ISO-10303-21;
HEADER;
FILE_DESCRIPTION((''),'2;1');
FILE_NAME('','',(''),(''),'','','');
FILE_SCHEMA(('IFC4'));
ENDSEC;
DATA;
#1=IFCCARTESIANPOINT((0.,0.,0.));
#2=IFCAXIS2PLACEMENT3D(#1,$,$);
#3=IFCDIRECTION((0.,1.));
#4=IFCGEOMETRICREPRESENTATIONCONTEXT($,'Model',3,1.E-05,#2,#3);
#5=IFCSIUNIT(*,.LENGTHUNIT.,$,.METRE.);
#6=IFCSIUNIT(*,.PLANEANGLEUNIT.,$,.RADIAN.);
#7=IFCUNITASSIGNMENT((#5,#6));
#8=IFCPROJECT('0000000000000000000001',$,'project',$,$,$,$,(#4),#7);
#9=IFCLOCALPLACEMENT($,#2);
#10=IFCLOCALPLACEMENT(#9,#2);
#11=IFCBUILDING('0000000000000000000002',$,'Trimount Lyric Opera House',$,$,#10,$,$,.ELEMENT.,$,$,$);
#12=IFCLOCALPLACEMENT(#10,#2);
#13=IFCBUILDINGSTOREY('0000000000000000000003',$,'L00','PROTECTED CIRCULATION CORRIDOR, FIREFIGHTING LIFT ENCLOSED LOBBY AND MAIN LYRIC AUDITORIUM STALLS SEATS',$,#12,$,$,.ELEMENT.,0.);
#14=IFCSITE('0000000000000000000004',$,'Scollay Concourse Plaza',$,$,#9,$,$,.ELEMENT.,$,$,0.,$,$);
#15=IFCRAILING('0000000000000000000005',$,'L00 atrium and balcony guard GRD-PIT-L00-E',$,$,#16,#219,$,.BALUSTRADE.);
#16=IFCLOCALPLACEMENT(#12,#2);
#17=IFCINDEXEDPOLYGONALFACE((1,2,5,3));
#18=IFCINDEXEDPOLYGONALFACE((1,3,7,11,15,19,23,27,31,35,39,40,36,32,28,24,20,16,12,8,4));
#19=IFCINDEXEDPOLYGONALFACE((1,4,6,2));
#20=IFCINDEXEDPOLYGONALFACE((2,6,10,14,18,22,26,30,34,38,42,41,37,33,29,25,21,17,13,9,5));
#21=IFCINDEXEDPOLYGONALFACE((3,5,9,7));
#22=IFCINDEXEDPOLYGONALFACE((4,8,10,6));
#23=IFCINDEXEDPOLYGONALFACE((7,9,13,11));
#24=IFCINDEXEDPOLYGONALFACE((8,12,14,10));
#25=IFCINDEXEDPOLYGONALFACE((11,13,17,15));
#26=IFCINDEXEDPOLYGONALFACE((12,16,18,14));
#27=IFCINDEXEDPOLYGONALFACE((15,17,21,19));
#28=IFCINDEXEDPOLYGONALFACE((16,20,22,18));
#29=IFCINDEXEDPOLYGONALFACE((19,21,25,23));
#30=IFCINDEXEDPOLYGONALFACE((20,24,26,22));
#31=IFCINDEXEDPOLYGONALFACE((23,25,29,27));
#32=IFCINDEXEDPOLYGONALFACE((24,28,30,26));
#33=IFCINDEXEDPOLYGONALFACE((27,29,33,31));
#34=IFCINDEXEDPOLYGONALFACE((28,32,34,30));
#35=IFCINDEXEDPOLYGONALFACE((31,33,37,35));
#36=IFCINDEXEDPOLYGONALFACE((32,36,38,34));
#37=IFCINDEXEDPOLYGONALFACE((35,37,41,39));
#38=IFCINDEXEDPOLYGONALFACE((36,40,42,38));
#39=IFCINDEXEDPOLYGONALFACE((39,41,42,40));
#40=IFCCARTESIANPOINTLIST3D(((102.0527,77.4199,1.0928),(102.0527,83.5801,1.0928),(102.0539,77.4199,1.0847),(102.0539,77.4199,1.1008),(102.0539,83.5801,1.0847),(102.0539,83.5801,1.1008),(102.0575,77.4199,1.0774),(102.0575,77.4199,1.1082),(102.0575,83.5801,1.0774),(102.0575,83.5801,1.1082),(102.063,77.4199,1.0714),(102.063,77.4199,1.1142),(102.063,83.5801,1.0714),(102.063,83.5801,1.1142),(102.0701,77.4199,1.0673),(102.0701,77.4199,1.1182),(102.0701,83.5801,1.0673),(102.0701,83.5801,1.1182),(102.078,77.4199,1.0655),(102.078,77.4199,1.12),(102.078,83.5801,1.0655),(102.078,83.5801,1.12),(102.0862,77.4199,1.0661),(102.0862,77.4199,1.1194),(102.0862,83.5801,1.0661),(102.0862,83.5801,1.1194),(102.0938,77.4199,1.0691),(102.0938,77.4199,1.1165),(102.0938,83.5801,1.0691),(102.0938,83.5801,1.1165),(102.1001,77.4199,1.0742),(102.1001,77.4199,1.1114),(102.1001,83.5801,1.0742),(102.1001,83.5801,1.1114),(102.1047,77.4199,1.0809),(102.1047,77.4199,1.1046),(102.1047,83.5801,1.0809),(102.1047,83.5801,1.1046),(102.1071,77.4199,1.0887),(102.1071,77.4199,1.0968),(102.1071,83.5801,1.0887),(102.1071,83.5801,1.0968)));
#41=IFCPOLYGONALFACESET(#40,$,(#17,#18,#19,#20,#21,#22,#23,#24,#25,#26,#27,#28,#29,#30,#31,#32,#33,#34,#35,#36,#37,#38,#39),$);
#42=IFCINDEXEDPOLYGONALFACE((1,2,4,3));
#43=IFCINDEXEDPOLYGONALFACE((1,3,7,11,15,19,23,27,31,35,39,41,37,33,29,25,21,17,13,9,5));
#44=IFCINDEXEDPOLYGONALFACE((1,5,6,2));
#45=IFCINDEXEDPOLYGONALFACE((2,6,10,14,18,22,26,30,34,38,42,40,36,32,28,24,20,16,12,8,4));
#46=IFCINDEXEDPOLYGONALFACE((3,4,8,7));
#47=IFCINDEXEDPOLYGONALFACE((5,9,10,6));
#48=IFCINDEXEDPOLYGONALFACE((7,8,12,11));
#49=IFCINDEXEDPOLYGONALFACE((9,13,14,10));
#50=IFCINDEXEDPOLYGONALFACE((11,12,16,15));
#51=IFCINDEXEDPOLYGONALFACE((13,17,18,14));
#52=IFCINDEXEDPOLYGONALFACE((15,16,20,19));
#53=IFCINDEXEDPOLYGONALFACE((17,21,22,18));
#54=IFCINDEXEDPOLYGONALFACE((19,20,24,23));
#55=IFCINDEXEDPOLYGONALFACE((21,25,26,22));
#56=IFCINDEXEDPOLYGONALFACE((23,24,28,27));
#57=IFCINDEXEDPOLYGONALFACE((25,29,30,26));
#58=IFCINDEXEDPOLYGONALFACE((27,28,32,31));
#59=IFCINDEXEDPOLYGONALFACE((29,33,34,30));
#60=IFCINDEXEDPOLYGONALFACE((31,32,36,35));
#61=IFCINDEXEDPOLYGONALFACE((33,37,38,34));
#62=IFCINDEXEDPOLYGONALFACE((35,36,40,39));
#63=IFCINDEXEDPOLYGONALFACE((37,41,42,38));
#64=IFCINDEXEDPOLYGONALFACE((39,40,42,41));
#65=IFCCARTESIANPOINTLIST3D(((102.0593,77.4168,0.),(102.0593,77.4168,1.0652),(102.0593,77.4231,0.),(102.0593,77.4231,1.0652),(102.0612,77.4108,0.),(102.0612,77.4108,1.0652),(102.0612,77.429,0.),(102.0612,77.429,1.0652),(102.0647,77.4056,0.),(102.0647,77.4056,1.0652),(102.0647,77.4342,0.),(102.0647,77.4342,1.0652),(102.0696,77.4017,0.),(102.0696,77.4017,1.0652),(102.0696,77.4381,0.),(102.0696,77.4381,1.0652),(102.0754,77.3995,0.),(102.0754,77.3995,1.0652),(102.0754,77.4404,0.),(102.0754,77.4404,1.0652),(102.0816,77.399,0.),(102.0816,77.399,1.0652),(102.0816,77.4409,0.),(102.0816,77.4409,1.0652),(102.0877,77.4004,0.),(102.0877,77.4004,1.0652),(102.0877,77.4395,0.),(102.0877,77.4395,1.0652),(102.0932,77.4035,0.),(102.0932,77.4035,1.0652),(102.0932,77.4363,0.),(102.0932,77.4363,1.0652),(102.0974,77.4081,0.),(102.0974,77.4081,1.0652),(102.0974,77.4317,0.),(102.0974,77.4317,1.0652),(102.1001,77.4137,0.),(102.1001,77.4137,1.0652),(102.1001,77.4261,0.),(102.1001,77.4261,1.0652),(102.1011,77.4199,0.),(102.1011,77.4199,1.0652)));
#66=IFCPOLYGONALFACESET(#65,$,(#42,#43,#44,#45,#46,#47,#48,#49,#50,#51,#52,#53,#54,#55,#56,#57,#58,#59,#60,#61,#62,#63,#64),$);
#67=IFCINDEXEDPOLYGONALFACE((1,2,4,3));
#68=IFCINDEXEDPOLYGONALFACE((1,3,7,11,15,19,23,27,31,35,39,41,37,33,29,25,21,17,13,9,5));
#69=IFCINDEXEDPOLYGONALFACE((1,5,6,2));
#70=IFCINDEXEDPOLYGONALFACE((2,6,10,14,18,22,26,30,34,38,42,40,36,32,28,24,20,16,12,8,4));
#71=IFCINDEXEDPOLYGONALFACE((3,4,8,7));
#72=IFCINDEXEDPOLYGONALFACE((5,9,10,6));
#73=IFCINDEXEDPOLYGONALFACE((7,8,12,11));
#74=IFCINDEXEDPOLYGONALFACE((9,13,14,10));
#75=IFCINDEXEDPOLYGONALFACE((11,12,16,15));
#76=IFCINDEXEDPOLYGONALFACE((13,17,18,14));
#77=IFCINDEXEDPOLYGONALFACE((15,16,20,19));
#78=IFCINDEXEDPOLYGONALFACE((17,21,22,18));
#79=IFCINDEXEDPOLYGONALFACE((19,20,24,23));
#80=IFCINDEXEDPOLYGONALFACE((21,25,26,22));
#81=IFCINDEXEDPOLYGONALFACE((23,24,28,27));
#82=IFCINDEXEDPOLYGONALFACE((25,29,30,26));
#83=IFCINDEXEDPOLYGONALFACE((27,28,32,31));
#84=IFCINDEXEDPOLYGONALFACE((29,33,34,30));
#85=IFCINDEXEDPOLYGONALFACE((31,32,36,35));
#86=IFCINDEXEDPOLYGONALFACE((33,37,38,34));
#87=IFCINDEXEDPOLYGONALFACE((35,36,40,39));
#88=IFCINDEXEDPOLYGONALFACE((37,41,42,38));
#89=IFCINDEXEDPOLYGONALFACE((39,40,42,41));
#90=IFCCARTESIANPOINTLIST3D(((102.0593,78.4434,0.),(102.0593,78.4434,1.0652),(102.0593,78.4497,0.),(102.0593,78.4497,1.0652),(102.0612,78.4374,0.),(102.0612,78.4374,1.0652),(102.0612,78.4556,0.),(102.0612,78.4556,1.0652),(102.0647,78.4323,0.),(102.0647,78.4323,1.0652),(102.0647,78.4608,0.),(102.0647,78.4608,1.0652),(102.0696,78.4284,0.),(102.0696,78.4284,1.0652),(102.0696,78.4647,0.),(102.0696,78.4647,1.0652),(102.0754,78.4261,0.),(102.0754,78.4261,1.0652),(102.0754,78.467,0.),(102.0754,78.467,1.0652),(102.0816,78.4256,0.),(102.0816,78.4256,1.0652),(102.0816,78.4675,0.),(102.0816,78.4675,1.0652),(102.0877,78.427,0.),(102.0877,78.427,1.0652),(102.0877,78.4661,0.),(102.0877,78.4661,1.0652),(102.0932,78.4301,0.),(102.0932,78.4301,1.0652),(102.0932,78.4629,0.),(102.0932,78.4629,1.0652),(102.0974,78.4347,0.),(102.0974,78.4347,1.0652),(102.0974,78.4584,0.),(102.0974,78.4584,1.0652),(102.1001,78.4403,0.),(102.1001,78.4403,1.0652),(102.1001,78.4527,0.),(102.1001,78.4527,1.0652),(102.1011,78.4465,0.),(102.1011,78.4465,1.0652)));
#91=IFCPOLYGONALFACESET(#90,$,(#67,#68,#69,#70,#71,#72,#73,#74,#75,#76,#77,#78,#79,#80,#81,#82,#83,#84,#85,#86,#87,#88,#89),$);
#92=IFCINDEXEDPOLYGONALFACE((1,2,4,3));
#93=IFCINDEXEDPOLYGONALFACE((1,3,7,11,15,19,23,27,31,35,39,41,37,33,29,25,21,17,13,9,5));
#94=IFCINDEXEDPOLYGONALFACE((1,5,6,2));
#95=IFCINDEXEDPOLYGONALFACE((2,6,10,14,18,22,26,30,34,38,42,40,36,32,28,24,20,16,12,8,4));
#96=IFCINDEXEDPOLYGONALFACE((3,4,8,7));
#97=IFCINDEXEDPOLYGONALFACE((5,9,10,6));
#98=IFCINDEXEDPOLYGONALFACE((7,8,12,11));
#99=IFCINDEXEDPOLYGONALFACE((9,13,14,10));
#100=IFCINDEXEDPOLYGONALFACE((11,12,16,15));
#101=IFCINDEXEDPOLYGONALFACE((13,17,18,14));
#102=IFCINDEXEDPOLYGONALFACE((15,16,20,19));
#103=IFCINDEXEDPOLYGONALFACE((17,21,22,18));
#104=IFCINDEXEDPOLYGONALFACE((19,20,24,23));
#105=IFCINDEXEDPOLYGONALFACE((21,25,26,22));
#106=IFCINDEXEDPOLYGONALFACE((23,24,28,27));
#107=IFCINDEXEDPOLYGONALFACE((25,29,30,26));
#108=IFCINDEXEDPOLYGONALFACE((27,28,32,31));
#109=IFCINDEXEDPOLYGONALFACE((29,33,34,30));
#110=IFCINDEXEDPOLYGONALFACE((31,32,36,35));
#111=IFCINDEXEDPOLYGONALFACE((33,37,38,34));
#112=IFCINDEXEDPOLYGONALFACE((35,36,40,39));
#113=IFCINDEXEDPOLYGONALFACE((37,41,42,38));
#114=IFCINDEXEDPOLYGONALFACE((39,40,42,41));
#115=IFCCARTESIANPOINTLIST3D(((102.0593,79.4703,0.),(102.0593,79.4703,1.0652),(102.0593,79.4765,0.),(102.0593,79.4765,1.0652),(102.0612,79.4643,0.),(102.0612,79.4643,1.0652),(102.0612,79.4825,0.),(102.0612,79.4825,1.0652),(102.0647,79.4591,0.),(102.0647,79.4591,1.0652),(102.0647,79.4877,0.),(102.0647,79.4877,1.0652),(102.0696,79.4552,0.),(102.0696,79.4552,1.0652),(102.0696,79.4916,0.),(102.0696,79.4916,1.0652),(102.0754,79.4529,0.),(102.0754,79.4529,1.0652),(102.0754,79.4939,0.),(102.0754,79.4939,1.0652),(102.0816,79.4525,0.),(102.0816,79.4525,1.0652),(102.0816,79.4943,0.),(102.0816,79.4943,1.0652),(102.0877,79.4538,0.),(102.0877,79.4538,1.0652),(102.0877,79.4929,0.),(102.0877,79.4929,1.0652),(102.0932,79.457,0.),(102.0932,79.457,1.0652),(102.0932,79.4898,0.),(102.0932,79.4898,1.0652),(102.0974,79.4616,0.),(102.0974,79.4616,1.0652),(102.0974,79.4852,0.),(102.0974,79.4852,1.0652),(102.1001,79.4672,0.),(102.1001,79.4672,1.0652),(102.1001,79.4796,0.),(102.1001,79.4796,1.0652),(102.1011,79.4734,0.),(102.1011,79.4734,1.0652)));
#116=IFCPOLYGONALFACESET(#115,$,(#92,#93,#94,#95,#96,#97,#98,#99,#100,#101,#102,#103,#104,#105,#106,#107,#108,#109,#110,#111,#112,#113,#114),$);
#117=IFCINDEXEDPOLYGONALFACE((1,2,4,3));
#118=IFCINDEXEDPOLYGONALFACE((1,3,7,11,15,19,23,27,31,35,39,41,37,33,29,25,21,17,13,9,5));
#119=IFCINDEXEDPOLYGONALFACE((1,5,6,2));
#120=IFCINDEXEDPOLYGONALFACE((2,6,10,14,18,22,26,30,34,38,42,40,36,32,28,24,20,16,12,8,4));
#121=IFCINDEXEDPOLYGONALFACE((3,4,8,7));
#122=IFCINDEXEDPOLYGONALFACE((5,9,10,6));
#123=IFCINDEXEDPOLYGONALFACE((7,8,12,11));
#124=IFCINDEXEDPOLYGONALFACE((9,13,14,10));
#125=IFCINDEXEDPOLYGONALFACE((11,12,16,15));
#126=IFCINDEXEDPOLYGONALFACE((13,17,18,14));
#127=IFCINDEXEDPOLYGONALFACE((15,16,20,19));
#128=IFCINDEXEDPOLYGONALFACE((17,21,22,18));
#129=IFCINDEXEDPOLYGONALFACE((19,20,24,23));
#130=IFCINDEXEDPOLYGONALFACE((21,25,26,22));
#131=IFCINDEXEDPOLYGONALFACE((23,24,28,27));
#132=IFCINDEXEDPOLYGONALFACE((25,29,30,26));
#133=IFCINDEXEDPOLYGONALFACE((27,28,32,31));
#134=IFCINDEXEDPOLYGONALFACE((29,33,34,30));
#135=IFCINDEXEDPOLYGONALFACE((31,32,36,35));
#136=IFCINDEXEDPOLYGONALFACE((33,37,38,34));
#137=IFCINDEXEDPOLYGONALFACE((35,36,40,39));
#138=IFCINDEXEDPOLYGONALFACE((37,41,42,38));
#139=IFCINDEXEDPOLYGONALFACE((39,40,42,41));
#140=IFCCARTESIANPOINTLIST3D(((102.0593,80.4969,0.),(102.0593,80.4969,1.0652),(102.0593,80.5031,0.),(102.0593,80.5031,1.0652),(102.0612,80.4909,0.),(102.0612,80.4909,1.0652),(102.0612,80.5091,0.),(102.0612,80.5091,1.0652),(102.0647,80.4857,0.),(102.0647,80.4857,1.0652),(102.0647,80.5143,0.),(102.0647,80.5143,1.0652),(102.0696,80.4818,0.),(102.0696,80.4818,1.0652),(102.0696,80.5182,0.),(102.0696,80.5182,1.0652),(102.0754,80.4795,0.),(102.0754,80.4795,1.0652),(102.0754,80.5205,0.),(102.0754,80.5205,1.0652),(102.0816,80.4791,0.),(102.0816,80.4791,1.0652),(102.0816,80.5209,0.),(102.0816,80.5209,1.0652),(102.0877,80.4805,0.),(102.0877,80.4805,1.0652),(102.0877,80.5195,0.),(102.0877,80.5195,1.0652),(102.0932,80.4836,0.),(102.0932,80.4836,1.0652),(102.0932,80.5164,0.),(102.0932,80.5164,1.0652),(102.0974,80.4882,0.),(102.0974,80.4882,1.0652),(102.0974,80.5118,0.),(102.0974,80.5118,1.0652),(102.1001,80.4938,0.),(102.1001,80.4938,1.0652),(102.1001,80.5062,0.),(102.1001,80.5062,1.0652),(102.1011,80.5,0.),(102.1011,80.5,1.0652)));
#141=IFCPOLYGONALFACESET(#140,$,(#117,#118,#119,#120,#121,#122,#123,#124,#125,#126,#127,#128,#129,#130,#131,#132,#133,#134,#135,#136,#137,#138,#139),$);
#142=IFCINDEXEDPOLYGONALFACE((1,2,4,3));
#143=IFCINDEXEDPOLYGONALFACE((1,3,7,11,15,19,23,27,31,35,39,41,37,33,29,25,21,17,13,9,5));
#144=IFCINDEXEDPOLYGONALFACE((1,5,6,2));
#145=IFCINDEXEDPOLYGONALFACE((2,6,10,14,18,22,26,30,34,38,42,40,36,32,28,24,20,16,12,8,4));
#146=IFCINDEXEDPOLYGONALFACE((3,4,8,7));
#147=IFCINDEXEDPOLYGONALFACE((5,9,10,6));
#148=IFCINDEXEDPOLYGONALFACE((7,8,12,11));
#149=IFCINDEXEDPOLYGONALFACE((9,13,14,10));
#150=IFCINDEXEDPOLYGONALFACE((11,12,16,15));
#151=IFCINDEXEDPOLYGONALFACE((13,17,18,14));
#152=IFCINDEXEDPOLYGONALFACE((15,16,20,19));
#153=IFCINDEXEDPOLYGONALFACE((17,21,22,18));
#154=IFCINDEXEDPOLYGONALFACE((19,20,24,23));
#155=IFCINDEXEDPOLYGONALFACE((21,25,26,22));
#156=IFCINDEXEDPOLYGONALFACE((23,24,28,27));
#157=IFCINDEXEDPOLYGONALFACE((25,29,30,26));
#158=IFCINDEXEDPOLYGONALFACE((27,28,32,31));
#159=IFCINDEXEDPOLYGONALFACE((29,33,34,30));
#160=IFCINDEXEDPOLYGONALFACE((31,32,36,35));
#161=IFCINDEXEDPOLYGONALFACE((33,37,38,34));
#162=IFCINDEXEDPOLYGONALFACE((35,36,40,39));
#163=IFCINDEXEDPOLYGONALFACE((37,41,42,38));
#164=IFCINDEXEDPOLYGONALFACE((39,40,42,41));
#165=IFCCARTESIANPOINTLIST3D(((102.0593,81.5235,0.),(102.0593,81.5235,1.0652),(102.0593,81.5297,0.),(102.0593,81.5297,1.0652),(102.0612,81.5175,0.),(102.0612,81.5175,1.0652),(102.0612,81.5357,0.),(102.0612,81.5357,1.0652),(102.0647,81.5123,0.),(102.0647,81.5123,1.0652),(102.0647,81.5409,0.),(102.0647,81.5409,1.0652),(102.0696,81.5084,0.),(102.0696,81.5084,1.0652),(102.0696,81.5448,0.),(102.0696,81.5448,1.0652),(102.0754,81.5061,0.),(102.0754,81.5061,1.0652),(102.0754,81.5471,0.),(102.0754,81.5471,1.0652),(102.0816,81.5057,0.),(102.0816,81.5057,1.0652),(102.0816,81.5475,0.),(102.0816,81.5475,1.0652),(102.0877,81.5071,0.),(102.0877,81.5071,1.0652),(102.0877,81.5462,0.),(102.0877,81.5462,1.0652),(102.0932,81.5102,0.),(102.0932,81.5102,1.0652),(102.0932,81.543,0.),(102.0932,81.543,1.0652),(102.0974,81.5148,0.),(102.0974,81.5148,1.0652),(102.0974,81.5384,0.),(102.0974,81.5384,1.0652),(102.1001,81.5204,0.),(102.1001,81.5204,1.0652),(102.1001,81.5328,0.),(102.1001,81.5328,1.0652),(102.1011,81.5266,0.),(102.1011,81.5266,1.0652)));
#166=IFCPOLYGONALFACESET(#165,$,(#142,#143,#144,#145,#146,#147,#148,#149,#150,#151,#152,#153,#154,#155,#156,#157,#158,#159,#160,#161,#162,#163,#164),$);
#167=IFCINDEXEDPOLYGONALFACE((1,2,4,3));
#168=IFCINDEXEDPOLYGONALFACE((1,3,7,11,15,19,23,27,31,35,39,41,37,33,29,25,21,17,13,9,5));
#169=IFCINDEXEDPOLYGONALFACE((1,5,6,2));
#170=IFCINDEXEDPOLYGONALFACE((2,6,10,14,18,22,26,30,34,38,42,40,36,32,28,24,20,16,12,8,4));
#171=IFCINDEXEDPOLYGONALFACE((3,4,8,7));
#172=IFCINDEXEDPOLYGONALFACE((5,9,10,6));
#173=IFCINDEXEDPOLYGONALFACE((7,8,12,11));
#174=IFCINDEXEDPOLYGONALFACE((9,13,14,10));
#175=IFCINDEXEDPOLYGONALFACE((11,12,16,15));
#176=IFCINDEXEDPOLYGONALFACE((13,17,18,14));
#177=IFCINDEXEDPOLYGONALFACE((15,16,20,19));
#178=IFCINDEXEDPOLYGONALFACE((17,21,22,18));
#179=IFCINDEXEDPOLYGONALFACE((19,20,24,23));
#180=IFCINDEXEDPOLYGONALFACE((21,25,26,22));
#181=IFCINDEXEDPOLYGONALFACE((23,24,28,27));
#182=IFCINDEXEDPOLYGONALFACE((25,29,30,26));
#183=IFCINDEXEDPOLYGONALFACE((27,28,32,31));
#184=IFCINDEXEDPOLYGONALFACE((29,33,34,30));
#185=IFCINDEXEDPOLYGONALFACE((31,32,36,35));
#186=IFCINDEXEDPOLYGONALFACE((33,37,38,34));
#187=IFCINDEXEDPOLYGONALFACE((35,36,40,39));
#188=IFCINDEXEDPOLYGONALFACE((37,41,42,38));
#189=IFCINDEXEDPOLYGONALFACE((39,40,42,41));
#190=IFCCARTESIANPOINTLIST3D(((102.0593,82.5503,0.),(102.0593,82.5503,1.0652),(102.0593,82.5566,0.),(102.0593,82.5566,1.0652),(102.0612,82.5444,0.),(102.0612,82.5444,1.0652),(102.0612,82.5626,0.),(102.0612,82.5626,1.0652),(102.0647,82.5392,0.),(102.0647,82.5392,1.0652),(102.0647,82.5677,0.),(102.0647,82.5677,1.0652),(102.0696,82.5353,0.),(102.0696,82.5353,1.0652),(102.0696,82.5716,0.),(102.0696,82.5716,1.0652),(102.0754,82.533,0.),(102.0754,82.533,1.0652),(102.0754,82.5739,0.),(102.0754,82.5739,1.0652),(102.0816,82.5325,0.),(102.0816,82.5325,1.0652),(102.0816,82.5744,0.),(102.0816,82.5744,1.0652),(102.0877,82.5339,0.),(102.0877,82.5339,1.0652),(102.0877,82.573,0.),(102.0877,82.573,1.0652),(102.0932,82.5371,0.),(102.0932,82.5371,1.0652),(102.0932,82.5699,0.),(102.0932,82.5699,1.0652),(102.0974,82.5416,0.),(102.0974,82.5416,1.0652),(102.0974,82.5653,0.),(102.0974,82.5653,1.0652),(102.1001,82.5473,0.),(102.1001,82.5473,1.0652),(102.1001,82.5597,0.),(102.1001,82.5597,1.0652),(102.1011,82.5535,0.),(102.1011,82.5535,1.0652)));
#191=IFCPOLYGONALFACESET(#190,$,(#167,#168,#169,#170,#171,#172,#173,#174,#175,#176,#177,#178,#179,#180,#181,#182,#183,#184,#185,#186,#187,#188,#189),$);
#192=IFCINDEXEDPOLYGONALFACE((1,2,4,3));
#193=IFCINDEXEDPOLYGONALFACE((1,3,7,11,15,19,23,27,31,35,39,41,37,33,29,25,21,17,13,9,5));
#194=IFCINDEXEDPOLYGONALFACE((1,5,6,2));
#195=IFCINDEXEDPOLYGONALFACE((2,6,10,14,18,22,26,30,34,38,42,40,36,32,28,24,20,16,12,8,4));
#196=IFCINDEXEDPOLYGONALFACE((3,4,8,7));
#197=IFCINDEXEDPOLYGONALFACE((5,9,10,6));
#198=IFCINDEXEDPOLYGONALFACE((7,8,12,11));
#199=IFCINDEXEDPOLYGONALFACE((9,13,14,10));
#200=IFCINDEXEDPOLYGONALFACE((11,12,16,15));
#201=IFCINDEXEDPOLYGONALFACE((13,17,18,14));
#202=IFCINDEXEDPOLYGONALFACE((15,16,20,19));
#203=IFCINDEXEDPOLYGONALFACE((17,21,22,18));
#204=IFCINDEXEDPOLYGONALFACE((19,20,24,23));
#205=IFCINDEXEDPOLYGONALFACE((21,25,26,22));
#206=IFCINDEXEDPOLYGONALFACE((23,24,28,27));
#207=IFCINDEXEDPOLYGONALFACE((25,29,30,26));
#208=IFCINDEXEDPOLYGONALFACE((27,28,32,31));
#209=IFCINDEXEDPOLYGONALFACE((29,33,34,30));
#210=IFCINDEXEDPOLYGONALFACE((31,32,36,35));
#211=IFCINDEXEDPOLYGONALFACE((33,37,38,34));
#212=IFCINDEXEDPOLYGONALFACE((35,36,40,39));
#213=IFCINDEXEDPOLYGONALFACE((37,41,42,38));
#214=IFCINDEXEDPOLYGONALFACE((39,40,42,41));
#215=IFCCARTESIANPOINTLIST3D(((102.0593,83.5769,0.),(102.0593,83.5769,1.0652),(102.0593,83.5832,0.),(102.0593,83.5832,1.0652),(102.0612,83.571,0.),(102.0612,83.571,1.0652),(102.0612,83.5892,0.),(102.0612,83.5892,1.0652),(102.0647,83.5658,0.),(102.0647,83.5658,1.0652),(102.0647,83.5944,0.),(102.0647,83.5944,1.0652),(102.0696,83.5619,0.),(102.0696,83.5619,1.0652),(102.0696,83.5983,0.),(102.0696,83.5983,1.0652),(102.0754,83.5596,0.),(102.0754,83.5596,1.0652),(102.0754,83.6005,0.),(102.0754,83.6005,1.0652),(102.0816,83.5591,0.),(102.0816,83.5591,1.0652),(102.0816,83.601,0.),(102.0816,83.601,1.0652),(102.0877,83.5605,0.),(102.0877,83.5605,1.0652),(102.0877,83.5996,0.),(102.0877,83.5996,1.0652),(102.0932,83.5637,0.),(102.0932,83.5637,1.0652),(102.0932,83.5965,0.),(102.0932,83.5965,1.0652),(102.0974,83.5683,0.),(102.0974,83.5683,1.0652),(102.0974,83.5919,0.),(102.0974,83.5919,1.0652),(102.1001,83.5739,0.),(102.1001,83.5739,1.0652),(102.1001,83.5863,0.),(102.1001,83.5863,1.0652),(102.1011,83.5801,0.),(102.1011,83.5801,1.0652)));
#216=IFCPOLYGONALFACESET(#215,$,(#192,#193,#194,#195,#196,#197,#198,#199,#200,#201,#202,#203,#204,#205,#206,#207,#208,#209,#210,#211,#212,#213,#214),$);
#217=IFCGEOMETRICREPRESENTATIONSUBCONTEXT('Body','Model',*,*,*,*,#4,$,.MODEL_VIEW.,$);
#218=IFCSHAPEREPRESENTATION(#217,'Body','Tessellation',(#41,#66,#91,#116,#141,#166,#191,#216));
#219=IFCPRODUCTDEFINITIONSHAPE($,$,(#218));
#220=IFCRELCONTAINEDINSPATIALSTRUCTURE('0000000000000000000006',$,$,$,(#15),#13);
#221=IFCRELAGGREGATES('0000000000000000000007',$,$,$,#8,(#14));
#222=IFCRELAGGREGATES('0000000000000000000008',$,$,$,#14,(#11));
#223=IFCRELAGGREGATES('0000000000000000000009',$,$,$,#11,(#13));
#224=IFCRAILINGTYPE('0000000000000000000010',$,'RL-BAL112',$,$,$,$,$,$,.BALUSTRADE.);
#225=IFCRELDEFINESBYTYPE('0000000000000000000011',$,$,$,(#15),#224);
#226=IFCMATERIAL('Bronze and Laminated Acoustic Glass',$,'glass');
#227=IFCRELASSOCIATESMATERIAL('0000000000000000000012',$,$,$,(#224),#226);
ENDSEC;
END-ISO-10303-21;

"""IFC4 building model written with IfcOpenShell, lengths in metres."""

from ifc_helpers import new_model, si_unit, direction, frame, origin, origin_2d, place, context, subcontext, project, spatial, circle, extrude, material, type_object, element, save


model = new_model("IFC4")

# Units and contexts
model_context = context("Model", 3, precision=1e-05, world=origin(), true_north=direction((0.0, 1.0)))
body_context = subcontext(model_context, "Body", "Model", "MODEL_VIEW")
ifc_project = project(units=[si_unit("LENGTHUNIT", "METRE"), si_unit("PLANEANGLEUNIT", "RADIAN")], contexts=[model_context])

# Site, building, storey
site_placement = place(None, origin())
site = spatial("IfcSite", under=ifc_project, at=site_placement, Name="Scollay Concourse Plaza", CompositionType="ELEMENT", RefElevation=0.0)
building_placement = place(site_placement, origin())
building = spatial("IfcBuilding", under=site, at=building_placement, Name="Trimount Lyric Opera House", CompositionType="ELEMENT")
storey_placement = place(building_placement, origin())
storey = spatial("IfcBuildingStorey", under=building, at=storey_placement, Name="L00", Description="PROTECTED CIRCULATION CORRIDOR, FIREFIGHTING LIFT ENCLOSED LOBBY AND MAIN LYRIC AUDITORIUM STALLS SEATS", CompositionType="ELEMENT", Elevation=0.0)

# Railing
ifc_material_1 = material(Name="Bronze and Laminated Acoustic Glass", Category="glass")
railing_type_1 = type_object("IfcRailingType", Name="RL-BAL112", PredefinedType="BALUSTRADE", material=ifc_material_1)
railing_1_placement = place(storey_placement, frame((102.0801, 77.4199, 0.0)))
element("IfcRailing", 1, at=railing_1_placement, inside=storey, type_object=railing_type_1, Name="L00 atrium and balcony guard GRD-PIT-L00-E", PredefinedType="BALUSTRADE", context=body_context, shape_type="SweptSolid", body=[
    extrude(circle(Radius=0.0273, at=origin_2d()), frame((0.0, 0.0, 1.0928), z_axis=(0.0, 1.0, 0.0), x_axis=(-1.0, 0.0, 0.0)), (0.0, 0.0, 1.0), 6.1602),
    extrude(circle(Radius=0.021, at=origin_2d()), origin(), (0.0, 0.0, 1.0), 1.0652),
    extrude(circle(Radius=0.021, at=origin_2d()), frame((0.0, 1.0266, 0.0)), (0.0, 0.0, 1.0), 1.0652),
    extrude(circle(Radius=0.021, at=origin_2d()), frame((0.0, 2.0535, 0.0)), (0.0, 0.0, 1.0), 1.0652),
    extrude(circle(Radius=0.021, at=origin_2d()), frame((0.0, 3.0801, 0.0)), (0.0, 0.0, 1.0), 1.0652),
    extrude(circle(Radius=0.021, at=origin_2d()), frame((0.0, 4.1067, 0.0)), (0.0, 0.0, 1.0), 1.0652),
    extrude(circle(Radius=0.021, at=origin_2d()), frame((0.0, 5.1335, 0.0)), (0.0, 0.0, 1.0), 1.0652),
    extrude(circle(Radius=0.021, at=origin_2d()), frame((0.0, 6.1602, 0.0)), (0.0, 0.0, 1.0), 1.0652),
])

save(model, "model.ifc")
